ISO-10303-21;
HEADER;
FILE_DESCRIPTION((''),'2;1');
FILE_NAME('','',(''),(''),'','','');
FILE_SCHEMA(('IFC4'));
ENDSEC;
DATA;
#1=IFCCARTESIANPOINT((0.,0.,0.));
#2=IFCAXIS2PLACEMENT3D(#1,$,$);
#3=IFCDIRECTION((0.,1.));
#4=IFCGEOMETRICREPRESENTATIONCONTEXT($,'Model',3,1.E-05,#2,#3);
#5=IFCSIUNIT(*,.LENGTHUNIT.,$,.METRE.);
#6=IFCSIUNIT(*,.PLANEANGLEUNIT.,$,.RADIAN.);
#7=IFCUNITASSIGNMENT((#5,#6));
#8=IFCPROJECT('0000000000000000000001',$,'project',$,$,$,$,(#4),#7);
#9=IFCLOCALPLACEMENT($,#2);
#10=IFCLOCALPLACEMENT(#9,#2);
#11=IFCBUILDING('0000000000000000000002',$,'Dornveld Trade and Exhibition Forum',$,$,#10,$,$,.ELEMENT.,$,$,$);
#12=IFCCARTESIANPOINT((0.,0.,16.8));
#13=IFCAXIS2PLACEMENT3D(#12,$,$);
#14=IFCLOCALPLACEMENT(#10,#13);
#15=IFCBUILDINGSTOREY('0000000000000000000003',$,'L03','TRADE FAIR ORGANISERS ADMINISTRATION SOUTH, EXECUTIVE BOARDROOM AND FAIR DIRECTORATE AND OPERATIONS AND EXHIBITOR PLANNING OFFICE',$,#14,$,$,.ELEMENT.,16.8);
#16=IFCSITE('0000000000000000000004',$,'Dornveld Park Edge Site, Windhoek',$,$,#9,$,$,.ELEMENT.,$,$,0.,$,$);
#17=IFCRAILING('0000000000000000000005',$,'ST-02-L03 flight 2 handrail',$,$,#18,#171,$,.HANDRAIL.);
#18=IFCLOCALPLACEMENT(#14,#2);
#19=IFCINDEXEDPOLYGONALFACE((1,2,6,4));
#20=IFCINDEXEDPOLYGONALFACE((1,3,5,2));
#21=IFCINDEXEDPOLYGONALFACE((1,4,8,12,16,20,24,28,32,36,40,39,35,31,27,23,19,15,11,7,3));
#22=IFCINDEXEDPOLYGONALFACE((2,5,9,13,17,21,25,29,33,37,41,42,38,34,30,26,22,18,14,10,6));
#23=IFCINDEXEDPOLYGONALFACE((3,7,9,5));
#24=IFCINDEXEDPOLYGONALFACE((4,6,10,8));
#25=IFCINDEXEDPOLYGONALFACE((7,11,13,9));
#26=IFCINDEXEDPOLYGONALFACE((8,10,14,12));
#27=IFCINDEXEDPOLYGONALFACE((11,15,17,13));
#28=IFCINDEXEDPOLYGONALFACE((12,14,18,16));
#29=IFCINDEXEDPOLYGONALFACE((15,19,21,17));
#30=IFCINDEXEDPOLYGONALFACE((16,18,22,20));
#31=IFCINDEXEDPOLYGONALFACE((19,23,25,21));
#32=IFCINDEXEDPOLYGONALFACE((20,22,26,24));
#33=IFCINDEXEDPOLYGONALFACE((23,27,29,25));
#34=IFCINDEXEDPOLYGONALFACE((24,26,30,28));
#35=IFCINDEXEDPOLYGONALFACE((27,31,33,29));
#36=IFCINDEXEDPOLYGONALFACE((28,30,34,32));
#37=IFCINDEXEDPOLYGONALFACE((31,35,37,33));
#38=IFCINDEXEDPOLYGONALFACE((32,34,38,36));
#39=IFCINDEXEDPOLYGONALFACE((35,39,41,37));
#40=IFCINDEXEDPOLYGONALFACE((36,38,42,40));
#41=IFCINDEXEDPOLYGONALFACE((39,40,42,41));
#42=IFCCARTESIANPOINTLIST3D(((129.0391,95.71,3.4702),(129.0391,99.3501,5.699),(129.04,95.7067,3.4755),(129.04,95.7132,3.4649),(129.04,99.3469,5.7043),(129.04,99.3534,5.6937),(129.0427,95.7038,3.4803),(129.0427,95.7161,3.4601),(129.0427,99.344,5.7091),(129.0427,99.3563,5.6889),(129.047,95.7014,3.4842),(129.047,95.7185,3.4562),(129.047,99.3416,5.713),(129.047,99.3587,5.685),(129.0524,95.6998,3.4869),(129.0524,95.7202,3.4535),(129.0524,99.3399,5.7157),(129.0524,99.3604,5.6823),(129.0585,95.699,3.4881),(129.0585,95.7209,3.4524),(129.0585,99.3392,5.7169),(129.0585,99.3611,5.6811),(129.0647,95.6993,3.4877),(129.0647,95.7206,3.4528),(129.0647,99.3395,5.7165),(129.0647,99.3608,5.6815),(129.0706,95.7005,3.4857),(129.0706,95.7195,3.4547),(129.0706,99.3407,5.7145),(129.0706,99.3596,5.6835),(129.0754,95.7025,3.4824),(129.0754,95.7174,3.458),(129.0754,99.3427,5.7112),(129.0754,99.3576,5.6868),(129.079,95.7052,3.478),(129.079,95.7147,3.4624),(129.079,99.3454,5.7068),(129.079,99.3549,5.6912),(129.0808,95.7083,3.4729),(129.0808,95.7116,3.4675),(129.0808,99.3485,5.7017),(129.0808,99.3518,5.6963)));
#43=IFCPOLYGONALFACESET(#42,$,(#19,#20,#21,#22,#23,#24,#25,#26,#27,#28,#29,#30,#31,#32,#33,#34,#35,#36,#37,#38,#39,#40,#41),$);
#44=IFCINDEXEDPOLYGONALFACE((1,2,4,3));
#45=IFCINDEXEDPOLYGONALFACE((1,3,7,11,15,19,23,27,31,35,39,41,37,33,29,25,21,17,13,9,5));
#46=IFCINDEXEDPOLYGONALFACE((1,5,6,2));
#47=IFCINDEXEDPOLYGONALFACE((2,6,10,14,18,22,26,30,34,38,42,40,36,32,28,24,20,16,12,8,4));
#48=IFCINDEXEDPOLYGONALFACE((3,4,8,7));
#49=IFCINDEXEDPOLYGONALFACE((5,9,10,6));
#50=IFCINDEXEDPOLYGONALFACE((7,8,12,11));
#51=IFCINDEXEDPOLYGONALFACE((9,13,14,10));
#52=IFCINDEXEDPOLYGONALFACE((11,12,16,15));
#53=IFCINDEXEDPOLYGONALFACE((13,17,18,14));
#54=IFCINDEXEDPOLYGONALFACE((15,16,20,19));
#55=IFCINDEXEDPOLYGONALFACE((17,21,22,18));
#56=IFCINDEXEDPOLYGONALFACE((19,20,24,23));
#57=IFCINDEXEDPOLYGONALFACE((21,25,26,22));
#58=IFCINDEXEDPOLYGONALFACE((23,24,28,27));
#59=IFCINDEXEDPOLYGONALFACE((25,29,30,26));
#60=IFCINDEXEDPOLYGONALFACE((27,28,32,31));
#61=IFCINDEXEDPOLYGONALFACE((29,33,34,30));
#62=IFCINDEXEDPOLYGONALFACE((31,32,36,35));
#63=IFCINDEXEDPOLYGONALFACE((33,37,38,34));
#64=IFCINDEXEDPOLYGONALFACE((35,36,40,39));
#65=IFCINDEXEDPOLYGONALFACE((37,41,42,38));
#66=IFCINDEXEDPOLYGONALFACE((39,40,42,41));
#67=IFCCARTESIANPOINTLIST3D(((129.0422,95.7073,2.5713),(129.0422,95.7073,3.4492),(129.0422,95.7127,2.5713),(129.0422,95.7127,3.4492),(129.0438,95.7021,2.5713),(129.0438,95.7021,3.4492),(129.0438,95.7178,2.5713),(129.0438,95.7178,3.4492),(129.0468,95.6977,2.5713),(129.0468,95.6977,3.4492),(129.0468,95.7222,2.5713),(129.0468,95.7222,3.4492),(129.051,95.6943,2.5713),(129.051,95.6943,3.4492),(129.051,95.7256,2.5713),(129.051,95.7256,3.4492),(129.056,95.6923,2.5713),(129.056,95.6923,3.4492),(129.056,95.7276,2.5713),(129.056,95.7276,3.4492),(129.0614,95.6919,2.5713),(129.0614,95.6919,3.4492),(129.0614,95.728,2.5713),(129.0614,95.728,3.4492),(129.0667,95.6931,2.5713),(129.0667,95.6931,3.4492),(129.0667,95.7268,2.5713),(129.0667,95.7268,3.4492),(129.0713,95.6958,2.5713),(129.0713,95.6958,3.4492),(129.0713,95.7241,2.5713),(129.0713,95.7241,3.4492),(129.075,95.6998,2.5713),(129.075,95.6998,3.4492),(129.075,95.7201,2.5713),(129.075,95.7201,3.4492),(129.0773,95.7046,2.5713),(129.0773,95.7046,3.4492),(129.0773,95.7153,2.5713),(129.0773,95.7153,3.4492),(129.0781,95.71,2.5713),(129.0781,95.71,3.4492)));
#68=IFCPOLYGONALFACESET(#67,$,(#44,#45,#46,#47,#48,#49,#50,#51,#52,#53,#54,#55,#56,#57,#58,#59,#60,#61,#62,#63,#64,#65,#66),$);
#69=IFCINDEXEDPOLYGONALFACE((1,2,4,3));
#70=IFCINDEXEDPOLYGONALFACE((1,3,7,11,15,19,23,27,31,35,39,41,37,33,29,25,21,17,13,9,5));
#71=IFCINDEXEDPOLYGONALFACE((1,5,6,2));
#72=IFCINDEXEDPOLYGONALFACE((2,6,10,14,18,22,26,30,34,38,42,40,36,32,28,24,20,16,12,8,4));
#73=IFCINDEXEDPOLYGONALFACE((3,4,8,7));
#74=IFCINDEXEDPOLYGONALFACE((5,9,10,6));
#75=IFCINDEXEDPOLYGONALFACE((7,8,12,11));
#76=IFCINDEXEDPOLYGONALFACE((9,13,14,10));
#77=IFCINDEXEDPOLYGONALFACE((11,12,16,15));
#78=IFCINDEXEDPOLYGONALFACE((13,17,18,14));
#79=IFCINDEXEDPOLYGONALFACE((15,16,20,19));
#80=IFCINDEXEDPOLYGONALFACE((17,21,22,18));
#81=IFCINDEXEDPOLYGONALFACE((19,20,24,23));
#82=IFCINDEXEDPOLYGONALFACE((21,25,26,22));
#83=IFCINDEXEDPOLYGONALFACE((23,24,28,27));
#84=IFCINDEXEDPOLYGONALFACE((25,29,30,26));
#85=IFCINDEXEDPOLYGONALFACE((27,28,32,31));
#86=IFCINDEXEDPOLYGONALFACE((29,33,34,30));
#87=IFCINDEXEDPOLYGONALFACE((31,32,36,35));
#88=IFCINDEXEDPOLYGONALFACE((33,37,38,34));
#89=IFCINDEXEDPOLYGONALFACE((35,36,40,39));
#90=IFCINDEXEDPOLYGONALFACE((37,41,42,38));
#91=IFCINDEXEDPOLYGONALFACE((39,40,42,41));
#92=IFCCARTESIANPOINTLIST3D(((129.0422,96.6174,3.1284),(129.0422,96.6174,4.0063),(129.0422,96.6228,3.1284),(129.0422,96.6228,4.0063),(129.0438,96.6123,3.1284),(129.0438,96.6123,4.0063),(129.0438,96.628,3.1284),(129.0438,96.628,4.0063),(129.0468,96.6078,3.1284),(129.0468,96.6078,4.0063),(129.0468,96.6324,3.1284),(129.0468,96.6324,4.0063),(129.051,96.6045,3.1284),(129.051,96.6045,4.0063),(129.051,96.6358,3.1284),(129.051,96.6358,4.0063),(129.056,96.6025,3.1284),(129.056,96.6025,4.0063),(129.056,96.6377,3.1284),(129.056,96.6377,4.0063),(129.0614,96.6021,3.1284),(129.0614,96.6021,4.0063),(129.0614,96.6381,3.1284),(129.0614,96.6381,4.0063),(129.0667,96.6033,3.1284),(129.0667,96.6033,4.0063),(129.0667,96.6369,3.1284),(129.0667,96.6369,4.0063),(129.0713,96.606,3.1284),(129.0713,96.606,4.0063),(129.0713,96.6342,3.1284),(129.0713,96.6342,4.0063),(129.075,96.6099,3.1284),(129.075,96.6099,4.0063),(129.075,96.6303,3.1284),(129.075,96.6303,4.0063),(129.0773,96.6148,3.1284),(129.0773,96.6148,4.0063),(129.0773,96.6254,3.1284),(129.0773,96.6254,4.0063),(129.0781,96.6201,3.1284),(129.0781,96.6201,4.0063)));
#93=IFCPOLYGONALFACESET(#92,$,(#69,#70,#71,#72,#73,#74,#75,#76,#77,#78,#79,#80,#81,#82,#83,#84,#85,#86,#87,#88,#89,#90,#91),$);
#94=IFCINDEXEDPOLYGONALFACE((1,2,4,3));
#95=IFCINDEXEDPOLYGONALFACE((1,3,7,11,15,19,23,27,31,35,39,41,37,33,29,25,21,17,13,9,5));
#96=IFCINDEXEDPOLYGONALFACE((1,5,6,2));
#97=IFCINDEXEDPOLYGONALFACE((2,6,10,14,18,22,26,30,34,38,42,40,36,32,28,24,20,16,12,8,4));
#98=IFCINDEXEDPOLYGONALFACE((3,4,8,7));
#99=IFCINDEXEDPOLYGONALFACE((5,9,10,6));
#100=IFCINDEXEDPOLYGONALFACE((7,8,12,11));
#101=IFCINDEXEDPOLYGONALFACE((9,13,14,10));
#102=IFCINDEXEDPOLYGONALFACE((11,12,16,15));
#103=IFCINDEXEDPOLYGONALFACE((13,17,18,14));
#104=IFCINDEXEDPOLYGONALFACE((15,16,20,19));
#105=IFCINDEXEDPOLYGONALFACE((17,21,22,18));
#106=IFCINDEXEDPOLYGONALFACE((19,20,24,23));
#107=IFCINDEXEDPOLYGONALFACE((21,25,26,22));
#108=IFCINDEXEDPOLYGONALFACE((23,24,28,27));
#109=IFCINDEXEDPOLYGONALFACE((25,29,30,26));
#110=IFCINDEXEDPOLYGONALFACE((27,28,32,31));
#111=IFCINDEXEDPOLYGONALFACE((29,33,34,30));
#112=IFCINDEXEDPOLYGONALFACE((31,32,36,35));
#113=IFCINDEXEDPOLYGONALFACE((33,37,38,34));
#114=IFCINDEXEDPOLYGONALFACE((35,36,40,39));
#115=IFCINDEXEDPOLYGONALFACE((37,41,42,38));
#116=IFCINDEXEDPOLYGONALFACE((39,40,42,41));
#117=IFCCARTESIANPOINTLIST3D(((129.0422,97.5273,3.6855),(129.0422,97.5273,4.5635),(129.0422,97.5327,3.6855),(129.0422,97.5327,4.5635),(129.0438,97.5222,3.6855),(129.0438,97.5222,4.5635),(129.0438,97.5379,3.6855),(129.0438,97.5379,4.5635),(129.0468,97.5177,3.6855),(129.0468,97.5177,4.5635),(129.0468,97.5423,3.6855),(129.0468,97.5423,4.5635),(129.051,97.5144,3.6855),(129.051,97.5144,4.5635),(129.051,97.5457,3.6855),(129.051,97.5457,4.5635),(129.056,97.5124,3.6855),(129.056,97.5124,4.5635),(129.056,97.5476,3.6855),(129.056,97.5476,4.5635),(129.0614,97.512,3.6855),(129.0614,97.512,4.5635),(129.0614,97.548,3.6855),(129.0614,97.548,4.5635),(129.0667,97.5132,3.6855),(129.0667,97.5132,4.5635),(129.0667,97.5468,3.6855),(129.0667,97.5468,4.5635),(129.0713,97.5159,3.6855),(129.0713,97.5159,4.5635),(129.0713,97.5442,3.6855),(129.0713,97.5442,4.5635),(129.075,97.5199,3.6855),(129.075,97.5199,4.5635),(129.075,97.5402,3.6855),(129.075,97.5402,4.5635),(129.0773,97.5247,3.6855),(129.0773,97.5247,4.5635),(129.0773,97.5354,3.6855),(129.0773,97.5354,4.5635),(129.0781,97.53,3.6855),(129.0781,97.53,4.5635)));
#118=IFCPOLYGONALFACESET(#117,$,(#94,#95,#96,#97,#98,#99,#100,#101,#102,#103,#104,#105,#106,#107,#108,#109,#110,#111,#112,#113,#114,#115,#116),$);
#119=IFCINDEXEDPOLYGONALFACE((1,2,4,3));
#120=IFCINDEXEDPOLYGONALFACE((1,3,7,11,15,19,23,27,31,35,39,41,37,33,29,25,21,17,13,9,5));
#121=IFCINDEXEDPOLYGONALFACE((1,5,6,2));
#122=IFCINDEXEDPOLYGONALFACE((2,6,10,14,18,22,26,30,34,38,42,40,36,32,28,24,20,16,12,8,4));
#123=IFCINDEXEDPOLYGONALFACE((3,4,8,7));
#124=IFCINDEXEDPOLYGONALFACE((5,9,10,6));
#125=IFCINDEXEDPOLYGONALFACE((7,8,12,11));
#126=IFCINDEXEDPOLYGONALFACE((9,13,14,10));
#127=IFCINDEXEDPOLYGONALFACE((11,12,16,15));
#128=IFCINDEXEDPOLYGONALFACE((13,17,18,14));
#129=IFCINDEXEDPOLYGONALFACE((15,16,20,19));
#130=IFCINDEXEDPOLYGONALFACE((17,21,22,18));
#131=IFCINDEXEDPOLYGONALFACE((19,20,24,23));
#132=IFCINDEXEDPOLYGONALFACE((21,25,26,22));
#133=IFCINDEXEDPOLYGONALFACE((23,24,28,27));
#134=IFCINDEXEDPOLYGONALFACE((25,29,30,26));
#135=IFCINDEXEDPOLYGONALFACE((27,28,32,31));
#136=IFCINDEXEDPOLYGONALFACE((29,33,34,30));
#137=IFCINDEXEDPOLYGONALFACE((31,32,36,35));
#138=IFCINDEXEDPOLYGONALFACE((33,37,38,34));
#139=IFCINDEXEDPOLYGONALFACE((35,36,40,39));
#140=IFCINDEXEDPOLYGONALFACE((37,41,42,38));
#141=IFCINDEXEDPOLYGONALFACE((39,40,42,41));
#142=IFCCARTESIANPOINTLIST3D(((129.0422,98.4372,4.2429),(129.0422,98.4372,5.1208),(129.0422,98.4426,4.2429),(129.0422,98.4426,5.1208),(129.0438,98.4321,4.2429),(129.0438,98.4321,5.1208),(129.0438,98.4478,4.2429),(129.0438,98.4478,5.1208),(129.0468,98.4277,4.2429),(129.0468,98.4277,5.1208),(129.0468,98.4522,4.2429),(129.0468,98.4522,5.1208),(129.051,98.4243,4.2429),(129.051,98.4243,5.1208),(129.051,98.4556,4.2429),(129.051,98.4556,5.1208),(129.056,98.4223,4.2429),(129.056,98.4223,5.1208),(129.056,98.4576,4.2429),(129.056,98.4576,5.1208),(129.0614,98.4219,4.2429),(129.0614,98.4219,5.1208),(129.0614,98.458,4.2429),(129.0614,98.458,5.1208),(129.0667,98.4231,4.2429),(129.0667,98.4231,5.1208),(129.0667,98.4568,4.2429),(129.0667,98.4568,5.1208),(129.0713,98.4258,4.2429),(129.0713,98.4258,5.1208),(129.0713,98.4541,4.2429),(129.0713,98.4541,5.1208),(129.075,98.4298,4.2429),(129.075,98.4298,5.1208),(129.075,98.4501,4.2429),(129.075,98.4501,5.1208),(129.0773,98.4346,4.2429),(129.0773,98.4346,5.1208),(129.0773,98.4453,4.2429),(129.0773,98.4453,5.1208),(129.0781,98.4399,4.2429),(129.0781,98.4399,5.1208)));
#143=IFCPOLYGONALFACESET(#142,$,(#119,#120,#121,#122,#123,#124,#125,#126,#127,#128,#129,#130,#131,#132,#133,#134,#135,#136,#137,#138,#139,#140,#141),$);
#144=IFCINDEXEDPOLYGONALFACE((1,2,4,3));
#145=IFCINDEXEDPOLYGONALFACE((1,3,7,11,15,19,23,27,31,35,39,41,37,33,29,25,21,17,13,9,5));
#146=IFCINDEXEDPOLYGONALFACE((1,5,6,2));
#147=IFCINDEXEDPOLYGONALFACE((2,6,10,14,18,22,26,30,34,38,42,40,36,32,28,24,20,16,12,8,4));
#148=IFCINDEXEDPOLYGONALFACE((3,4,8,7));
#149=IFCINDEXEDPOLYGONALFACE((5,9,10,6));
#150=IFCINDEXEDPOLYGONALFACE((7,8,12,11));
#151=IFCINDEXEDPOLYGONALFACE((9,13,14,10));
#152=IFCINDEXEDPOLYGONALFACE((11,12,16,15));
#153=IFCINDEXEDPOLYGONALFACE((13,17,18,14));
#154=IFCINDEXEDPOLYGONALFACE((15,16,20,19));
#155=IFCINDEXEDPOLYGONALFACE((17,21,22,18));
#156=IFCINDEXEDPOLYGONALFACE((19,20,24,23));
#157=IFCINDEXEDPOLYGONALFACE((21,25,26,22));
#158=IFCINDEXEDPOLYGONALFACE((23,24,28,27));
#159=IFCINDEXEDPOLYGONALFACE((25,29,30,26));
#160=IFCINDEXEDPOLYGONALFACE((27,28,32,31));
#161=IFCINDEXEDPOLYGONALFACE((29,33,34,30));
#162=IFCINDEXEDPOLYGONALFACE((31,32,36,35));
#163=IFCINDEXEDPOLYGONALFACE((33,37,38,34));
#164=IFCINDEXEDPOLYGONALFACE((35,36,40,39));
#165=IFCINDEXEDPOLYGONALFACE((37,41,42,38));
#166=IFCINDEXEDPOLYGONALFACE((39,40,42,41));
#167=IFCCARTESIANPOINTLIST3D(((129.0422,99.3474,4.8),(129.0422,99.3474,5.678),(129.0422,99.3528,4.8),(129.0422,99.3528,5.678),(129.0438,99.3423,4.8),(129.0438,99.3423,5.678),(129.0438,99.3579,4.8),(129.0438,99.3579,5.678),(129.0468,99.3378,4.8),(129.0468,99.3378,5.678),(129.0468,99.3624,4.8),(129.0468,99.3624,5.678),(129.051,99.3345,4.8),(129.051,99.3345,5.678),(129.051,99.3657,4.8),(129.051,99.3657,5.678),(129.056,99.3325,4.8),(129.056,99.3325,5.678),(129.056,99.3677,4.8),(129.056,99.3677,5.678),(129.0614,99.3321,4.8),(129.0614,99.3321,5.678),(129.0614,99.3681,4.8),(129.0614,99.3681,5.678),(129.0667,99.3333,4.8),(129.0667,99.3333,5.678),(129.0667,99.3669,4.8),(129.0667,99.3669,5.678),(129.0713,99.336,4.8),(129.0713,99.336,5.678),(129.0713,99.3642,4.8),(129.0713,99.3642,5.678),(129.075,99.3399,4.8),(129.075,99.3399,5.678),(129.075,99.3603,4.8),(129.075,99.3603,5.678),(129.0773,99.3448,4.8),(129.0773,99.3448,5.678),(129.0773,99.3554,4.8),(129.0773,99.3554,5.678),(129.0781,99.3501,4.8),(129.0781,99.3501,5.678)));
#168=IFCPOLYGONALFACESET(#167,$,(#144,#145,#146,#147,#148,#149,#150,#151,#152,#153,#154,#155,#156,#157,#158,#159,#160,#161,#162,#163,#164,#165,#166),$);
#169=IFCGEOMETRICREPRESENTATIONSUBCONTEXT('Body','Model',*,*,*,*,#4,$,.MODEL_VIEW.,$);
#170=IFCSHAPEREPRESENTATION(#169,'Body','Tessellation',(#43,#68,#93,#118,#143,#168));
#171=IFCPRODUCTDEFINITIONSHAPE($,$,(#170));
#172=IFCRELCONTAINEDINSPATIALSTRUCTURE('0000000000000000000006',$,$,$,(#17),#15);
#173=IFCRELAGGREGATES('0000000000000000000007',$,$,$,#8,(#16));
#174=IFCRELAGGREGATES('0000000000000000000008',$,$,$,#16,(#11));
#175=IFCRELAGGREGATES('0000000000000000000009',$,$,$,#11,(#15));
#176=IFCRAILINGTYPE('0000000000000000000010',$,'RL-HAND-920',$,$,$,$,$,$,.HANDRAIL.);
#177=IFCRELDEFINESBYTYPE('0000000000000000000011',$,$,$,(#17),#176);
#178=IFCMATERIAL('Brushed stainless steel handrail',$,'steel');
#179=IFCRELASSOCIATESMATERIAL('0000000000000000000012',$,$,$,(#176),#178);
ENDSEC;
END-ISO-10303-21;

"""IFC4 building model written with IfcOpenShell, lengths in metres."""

from ifc_helpers import new_model, si_unit, direction, frame, origin, origin_2d, place, context, subcontext, project, spatial, circle, extrude, material, type_object, element, save


model = new_model("IFC4")

# Units and contexts
model_context = context("Model", 3, precision=1e-05, world=origin(), true_north=direction((0.0, 1.0)))
body_context = subcontext(model_context, "Body", "Model", "MODEL_VIEW")
ifc_project = project(units=[si_unit("LENGTHUNIT", "METRE"), si_unit("PLANEANGLEUNIT", "RADIAN")], contexts=[model_context])

# Site, building, storey
site_placement = place(None, origin())
site = spatial("IfcSite", under=ifc_project, at=site_placement, Name="Dornveld Park Edge Site, Windhoek", CompositionType="ELEMENT", RefElevation=0.0)
building_placement = place(site_placement, origin())
building = spatial("IfcBuilding", under=site, at=building_placement, Name="Dornveld Trade and Exhibition Forum", CompositionType="ELEMENT")
storey_placement = place(building_placement, frame((0.0, 0.0, 16.8)))
storey = spatial("IfcBuildingStorey", under=building, at=storey_placement, Name="L03", Description="TRADE FAIR ORGANISERS ADMINISTRATION SOUTH, EXECUTIVE BOARDROOM AND FAIR DIRECTORATE AND OPERATIONS AND EXHIBITOR PLANNING OFFICE", CompositionType="ELEMENT", Elevation=16.8)

# Railing
ifc_material_1 = material(Name="Brushed stainless steel handrail", Category="steel")
railing_type_1 = type_object("IfcRailingType", Name="RL-HAND-920", PredefinedType="HANDRAIL", material=ifc_material_1)
railing_1_placement = place(storey_placement, frame((129.0601, 95.71, 2.5713)))
element("IfcRailing", 1, at=railing_1_placement, inside=storey, type_object=railing_type_1, Name="ST-02-L03 flight 2 handrail", PredefinedType="HANDRAIL", context=body_context, shape_type="SweptSolid", body=[
    extrude(circle(Radius=0.021, at=origin_2d()), frame((0.0, 0.0, 0.8989), z_axis=(0.0, 0.85284, 0.522172), x_axis=(-1.0, 0.0, 0.0)), (0.0, 0.0, 1.0), 4.2683),
    extrude(circle(Radius=0.0181, at=origin_2d()), origin(), (0.0, 0.0, 1.0), 0.8779),
    extrude(circle(Radius=0.0181, at=origin_2d()), frame((0.0, 0.9102, 0.5571)), (0.0, 0.0, 1.0), 0.8779),
    extrude(circle(Radius=0.0181, at=origin_2d()), frame((0.0, 1.8201, 1.1143)), (0.0, 0.0, 1.0), 0.8779),
    extrude(circle(Radius=0.0181, at=origin_2d()), frame((0.0, 2.73, 1.6716)), (0.0, 0.0, 1.0), 0.8779),
    extrude(circle(Radius=0.0181, at=origin_2d()), frame((0.0, 3.6401, 2.2288)), (0.0, 0.0, 1.0), 0.8779),
])

save(model, "model.ifc")
